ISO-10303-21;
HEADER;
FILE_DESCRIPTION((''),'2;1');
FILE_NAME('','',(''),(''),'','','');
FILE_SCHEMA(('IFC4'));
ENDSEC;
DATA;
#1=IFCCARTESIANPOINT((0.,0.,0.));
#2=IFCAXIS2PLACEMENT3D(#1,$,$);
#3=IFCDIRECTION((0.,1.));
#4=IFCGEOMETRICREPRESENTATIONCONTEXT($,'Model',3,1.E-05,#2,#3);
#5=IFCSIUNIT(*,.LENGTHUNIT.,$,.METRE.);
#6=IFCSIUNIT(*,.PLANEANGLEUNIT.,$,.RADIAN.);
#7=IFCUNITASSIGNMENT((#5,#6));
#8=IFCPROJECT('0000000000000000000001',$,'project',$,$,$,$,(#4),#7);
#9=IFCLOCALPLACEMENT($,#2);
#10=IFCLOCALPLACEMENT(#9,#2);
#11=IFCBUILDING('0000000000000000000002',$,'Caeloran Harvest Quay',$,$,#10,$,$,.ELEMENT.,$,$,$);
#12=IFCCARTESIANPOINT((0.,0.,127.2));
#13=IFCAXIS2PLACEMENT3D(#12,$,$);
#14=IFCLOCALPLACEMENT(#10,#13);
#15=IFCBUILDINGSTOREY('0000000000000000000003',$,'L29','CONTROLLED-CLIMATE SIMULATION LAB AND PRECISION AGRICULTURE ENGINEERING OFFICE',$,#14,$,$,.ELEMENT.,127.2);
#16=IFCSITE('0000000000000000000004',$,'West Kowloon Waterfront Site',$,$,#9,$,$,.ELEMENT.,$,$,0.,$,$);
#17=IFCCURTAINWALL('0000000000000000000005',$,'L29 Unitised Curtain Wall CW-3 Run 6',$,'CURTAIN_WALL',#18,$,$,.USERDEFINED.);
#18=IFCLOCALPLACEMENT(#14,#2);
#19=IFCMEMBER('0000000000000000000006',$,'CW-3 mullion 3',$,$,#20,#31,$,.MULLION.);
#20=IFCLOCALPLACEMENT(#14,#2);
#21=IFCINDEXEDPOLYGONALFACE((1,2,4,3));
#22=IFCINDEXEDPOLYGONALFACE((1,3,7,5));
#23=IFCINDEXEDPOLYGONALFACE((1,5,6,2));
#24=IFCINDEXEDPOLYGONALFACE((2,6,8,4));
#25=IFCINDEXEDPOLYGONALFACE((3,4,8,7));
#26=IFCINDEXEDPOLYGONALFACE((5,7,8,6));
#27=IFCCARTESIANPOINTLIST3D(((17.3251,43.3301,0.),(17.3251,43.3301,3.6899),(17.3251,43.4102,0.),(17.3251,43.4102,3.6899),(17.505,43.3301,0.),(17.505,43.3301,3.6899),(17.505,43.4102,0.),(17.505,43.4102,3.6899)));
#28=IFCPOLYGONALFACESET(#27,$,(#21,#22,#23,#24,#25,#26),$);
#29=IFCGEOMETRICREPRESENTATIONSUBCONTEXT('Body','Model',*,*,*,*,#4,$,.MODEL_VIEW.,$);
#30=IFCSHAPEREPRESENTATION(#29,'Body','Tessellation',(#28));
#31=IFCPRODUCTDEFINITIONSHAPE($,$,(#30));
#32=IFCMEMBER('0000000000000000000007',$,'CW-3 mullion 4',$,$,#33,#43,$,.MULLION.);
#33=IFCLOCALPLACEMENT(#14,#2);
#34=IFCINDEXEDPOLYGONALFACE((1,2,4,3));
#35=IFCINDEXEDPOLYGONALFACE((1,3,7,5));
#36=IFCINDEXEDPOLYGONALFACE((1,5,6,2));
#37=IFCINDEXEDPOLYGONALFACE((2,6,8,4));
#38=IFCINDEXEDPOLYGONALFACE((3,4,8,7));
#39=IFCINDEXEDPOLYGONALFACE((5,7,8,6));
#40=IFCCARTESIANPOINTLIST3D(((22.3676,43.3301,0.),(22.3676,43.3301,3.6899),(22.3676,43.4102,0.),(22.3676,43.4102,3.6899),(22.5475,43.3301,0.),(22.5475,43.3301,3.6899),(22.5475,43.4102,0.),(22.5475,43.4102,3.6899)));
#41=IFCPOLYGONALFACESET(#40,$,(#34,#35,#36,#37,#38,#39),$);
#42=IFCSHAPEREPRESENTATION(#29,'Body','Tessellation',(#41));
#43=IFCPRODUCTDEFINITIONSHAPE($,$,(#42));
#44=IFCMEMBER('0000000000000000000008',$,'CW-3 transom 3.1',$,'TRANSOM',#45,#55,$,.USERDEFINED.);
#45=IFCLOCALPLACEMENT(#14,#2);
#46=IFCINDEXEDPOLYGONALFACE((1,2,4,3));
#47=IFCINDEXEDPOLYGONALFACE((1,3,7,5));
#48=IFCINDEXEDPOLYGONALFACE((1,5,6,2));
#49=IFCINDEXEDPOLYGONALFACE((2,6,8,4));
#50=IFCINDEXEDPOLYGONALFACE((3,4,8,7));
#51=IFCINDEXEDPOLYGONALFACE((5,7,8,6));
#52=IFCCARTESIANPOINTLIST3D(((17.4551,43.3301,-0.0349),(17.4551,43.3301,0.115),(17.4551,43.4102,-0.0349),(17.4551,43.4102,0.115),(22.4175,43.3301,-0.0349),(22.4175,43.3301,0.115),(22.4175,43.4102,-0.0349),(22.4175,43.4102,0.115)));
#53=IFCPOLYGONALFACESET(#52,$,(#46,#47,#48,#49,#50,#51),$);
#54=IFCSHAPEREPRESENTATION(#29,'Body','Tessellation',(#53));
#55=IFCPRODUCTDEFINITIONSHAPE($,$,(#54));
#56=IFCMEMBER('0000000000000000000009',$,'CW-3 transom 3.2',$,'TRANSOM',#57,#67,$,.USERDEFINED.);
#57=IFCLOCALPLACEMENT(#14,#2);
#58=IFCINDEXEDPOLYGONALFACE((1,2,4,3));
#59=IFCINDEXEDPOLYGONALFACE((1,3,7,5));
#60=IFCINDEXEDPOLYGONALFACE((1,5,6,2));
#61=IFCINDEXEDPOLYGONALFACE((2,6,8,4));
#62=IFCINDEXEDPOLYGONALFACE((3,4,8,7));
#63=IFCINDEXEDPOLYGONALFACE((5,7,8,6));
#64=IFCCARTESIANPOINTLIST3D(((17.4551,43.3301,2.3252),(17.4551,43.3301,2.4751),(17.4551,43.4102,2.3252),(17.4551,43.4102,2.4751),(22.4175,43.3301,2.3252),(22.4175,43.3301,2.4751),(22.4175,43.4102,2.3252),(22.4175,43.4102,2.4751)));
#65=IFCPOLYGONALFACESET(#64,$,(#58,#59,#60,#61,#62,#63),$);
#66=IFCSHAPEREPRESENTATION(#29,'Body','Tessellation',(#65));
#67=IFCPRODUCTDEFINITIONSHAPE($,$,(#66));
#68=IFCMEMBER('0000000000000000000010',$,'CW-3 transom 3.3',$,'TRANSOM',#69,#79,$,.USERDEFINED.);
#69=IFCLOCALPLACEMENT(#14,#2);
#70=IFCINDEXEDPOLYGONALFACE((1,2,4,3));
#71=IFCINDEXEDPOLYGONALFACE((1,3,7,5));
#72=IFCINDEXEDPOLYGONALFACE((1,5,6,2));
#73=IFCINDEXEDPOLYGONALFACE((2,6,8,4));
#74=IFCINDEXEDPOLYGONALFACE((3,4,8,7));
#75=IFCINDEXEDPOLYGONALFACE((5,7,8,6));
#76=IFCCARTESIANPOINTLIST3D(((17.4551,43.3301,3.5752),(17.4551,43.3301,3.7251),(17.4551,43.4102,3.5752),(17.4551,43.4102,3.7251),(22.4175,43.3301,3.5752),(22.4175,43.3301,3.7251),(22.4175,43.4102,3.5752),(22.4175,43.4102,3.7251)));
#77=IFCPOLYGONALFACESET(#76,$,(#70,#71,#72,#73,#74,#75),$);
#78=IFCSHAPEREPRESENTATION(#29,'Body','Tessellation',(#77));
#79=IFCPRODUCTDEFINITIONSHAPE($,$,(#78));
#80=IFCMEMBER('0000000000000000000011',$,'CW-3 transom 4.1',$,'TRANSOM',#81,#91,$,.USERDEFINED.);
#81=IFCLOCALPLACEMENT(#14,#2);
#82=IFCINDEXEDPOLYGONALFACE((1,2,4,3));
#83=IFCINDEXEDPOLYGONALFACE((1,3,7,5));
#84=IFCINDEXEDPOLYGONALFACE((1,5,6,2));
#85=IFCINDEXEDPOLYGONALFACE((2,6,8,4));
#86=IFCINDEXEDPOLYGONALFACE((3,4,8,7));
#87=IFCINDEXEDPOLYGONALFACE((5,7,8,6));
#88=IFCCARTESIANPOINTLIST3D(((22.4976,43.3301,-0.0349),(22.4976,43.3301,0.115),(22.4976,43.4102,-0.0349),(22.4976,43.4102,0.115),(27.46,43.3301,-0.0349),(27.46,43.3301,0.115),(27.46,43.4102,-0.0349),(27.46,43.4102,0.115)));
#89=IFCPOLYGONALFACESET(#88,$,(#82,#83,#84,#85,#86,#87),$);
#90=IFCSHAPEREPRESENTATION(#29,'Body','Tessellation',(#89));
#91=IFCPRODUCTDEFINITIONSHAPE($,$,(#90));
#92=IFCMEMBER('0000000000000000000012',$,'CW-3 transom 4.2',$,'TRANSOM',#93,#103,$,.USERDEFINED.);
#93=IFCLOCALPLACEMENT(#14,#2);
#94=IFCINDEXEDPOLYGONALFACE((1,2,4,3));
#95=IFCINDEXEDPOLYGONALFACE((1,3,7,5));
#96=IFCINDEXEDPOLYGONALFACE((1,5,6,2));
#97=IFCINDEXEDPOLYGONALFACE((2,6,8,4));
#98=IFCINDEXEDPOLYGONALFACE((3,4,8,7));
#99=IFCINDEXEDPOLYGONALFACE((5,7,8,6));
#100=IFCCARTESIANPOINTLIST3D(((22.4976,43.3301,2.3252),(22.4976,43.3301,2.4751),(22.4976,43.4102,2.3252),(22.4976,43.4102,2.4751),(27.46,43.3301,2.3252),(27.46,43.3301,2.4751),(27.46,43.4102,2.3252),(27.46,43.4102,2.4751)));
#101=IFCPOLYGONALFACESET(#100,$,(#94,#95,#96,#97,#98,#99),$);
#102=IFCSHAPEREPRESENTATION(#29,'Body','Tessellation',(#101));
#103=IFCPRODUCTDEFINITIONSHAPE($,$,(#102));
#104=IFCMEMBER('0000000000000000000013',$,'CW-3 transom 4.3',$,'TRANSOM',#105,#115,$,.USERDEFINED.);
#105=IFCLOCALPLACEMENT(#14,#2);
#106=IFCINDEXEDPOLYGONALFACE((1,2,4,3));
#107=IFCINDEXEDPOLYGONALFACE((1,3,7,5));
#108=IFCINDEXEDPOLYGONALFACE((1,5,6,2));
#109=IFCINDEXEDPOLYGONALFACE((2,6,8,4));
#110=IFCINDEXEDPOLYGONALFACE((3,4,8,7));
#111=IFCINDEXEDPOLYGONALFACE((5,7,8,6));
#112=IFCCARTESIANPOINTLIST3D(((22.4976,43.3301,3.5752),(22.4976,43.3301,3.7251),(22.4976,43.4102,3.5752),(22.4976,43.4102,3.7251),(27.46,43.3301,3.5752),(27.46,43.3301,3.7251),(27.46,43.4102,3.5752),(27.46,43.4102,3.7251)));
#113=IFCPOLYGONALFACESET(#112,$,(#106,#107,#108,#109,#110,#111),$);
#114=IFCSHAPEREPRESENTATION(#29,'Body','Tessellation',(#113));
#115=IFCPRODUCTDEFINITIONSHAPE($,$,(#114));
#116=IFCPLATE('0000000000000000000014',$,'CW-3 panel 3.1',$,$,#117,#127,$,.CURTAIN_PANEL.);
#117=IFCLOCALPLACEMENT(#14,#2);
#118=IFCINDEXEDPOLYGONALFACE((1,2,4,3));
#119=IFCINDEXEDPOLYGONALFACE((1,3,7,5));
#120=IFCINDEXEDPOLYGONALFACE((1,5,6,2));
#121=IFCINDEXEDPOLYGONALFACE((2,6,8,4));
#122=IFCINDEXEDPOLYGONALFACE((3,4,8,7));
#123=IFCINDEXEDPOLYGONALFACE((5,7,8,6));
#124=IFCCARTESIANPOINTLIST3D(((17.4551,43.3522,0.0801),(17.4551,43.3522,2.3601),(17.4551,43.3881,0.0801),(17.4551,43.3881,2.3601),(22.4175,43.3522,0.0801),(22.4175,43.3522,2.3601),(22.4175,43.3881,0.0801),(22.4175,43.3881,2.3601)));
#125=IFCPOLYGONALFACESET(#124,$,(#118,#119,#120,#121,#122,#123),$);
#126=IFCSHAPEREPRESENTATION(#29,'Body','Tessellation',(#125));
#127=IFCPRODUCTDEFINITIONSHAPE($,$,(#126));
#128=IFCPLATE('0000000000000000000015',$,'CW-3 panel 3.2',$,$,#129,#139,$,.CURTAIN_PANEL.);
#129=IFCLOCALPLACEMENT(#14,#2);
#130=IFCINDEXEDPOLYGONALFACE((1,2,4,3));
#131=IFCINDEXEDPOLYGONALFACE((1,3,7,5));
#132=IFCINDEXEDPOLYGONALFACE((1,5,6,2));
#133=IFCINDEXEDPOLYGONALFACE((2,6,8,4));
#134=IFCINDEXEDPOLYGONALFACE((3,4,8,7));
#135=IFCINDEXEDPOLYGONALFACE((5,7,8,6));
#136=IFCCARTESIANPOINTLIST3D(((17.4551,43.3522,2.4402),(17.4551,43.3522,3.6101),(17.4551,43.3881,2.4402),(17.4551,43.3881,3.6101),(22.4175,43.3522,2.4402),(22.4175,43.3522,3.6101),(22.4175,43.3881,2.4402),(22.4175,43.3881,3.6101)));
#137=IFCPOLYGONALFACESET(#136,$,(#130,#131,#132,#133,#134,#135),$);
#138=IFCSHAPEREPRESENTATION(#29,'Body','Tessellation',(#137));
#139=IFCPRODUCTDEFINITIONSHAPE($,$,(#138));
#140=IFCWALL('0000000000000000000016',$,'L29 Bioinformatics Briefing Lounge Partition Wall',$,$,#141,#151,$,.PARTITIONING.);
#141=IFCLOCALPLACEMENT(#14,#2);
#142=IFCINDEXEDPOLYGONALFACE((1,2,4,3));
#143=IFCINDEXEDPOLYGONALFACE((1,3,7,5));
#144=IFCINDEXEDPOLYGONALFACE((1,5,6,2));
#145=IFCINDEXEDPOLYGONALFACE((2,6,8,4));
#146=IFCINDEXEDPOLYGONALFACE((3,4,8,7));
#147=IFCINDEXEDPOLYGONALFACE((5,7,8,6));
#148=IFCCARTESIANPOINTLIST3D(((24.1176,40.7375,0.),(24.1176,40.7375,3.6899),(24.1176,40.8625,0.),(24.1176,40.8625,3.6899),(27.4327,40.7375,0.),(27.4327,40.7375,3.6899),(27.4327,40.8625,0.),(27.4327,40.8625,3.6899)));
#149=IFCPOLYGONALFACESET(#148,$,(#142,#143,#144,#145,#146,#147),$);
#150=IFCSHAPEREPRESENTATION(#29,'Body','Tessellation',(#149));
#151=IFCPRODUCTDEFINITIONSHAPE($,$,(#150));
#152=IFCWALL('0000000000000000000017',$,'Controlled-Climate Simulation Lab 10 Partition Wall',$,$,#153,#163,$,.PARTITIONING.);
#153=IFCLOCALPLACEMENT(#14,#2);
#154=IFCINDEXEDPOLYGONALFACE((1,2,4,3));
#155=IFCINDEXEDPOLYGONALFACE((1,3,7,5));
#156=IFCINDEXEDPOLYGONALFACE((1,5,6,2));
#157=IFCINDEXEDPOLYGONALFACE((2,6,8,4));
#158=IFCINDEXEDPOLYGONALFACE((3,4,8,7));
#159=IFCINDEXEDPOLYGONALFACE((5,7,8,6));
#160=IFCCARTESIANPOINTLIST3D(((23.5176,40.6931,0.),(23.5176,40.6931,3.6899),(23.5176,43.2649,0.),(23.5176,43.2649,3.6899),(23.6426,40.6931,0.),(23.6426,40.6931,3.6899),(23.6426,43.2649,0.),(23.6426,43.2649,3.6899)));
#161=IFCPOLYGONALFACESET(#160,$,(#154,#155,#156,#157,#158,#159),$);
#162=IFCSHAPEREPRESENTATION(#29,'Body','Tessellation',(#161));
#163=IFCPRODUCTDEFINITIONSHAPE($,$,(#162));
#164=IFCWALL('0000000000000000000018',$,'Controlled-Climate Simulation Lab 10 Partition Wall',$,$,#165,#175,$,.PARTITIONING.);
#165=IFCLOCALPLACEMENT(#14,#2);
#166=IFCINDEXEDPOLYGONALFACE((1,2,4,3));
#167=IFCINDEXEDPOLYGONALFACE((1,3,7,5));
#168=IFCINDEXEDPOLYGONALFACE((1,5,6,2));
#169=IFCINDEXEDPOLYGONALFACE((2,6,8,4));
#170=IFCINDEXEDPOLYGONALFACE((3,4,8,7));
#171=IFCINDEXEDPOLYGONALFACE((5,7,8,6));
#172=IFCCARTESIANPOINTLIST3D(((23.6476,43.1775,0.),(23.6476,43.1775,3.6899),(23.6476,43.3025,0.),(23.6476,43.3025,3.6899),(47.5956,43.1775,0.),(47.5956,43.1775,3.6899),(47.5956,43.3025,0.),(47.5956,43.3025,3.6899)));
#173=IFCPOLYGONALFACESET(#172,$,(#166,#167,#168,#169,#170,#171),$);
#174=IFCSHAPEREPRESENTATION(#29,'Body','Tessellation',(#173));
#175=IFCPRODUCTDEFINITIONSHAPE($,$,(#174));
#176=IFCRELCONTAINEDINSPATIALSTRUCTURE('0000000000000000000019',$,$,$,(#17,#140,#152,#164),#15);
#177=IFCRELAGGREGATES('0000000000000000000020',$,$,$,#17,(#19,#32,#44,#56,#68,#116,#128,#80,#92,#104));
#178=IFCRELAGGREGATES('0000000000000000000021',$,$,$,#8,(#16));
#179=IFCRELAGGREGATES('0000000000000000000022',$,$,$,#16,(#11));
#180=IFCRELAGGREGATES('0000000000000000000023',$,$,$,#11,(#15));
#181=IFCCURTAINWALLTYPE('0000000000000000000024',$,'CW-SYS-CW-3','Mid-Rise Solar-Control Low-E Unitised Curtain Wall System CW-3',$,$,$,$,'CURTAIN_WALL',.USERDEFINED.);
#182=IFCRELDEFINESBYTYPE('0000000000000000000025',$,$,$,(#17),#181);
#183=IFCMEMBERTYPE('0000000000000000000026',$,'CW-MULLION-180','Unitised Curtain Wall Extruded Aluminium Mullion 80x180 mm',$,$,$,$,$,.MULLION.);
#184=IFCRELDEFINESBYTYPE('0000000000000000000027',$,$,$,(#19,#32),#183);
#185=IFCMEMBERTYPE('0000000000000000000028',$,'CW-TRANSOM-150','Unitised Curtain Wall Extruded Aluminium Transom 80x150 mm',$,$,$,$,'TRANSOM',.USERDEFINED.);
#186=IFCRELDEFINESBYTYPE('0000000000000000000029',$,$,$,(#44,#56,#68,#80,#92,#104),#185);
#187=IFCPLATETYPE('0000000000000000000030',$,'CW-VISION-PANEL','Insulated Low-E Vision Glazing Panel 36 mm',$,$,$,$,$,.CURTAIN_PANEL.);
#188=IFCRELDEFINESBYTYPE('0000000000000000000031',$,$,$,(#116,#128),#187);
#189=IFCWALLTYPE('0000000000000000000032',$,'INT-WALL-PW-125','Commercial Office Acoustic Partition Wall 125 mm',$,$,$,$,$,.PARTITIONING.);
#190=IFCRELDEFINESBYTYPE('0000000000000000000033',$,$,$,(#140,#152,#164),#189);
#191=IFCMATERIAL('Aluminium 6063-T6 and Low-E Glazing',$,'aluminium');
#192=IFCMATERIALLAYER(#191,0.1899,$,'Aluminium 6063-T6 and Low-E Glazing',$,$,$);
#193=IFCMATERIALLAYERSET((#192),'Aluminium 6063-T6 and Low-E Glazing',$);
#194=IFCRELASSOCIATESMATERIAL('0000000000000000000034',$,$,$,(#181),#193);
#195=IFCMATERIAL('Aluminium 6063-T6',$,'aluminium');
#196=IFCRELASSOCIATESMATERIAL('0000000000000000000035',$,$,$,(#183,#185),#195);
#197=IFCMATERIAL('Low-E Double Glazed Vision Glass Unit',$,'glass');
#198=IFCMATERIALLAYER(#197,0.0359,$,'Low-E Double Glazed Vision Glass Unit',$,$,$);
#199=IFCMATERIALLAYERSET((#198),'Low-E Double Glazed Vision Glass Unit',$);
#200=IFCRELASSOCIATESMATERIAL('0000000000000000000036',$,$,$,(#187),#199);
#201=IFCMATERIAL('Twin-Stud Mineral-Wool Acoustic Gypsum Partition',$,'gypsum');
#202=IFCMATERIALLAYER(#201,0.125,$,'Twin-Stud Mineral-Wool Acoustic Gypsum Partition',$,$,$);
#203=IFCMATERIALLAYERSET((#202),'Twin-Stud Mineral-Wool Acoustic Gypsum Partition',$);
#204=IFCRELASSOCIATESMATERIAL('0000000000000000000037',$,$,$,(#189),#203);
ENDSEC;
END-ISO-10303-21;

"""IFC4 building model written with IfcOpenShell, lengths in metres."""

from ifc_helpers import new_model, si_unit, direction, frame, frame_2d, origin, origin_2d, place, context, subcontext, project, spatial, rectangle, extrude, material, layer, layer_set, material_profile, profile_set, type_object, element, aggregate, save


model = new_model("IFC4")

# Units and contexts
model_context = context("Model", 3, precision=1e-05, world=origin(), true_north=direction((0.0, 1.0)))
body_context = subcontext(model_context, "Body", "Model", "MODEL_VIEW")
ifc_project = project(units=[si_unit("LENGTHUNIT", "METRE"), si_unit("PLANEANGLEUNIT", "RADIAN")], contexts=[model_context])

# Site, building, storey
site_placement = place(None, origin())
site = spatial("IfcSite", under=ifc_project, at=site_placement, Name="West Kowloon Waterfront Site", CompositionType="ELEMENT", RefElevation=0.0)
building_placement = place(site_placement, origin())
building = spatial("IfcBuilding", under=site, at=building_placement, Name="Caeloran Harvest Quay", CompositionType="ELEMENT")
storey_placement = place(building_placement, frame((0.0, 0.0, 127.2)))
storey = spatial("IfcBuildingStorey", under=building, at=storey_placement, Name="L29", Description="CONTROLLED-CLIMATE SIMULATION LAB AND PRECISION AGRICULTURE ENGINEERING OFFICE", CompositionType="ELEMENT", Elevation=127.2)

# Curtain wall, members, plates
ifc_material_1 = material(Name="Aluminium 6063-T6 and Low-E Glazing", Category="aluminium")
ifc_layer_1 = layer(ifc_material_1, 0.1899, Name="Aluminium 6063-T6 and Low-E Glazing")
ifc_layer_set_1 = layer_set([ifc_layer_1], Name="Aluminium 6063-T6 and Low-E Glazing")
curtain_wall_type = type_object("IfcCurtainWallType", Name="CW-SYS-CW-3", Description="Mid-Rise Solar-Control Low-E Unitised Curtain Wall System CW-3", ElementType="CURTAIN_WALL", PredefinedType="USERDEFINED", material=ifc_layer_set_1)
curtain_wall_placement = place(storey_placement, origin())
curtain_wall = element("IfcCurtainWall", 1, at=curtain_wall_placement, inside=storey, type_object=curtain_wall_type, Name="L29 Unitised Curtain Wall CW-3 Run 6", ObjectType="CURTAIN_WALL", PredefinedType="USERDEFINED")
ifc_material_2 = material(Name="Aluminium 6063-T6", Category="aluminium")
ifc_material_profile_1 = material_profile(ifc_material_2, rectangle(XDim=0.0801, YDim=0.1799, at=origin_2d()), Name="CW-MULLION-180")
ifc_profile_set_1 = profile_set([ifc_material_profile_1], Name="Aluminium 6063-T6")
member_type_1 = type_object("IfcMemberType", Name="CW-MULLION-180", Description="Unitised Curtain Wall Extruded Aluminium Mullion 80x180 mm", PredefinedType="MULLION", material=ifc_profile_set_1)
member_1_placement = place(storey_placement, frame((17.415, 43.3701, 0.0), z_axis=(0.0, 0.0, 1.0), x_axis=(0.0, 1.0, 0.0)))
member_1 = element("IfcMember", 2, at=member_1_placement, type_object=member_type_1, Name="CW-3 mullion 3", PredefinedType="MULLION", context=body_context, shape_type="SweptSolid", body=[
    extrude(rectangle(XDim=0.0801, YDim=0.1799, at=origin_2d()), origin(), (0.0, 0.0, 1.0), 3.6899),
])
member_2_placement = place(storey_placement, frame((22.4575, 43.3701, 0.0), z_axis=(0.0, 0.0, 1.0), x_axis=(0.0, 1.0, 0.0)))
member_2 = element("IfcMember", 3, at=member_2_placement, type_object=member_type_1, Name="CW-3 mullion 4", PredefinedType="MULLION", context=body_context, shape_type="SweptSolid", body=[
    extrude(rectangle(XDim=0.0801, YDim=0.1799, at=origin_2d()), origin(), (0.0, 0.0, 1.0), 3.6899),
])
ifc_material_profile_2 = material_profile(ifc_material_2, rectangle(XDim=0.0801, YDim=0.1499, at=origin_2d()), Name="CW-TRANSOM-150")
ifc_profile_set_2 = profile_set([ifc_material_profile_2], Name="Aluminium 6063-T6")
member_type_2 = type_object("IfcMemberType", Name="CW-TRANSOM-150", Description="Unitised Curtain Wall Extruded Aluminium Transom 80x150 mm", ElementType="TRANSOM", PredefinedType="USERDEFINED", material=ifc_profile_set_2)
member_3_placement = place(storey_placement, frame((17.4551, 43.3701, 0.04), z_axis=(1.0, 0.0, 0.0), x_axis=(0.0, 1.0, 0.0)))
member_3 = element("IfcMember", 4, at=member_3_placement, type_object=member_type_2, Name="CW-3 transom 3.1", ObjectType="TRANSOM", PredefinedType="USERDEFINED", context=body_context, shape_type="SweptSolid", body=[
    extrude(rectangle(XDim=0.0801, YDim=0.1499, at=origin_2d()), origin(), (0.0, 0.0, 1.0), 4.9624),
])
member_4_placement = place(storey_placement, frame((17.4551, 43.3701, 2.4001), z_axis=(1.0, 0.0, 0.0), x_axis=(0.0, 1.0, 0.0)))
member_4 = element("IfcMember", 5, at=member_4_placement, type_object=member_type_2, Name="CW-3 transom 3.2", ObjectType="TRANSOM", PredefinedType="USERDEFINED", context=body_context, shape_type="SweptSolid", body=[
    extrude(rectangle(XDim=0.0801, YDim=0.1499, at=origin_2d()), origin(), (0.0, 0.0, 1.0), 4.9624),
])
member_5_placement = place(storey_placement, frame((17.4551, 43.3701, 3.6501), z_axis=(1.0, 0.0, 0.0), x_axis=(0.0, 1.0, 0.0)))
member_5 = element("IfcMember", 6, at=member_5_placement, type_object=member_type_2, Name="CW-3 transom 3.3", ObjectType="TRANSOM", PredefinedType="USERDEFINED", context=body_context, shape_type="SweptSolid", body=[
    extrude(rectangle(XDim=0.0801, YDim=0.1499, at=origin_2d()), origin(), (0.0, 0.0, 1.0), 4.9624),
])
member_6_placement = place(storey_placement, frame((22.4976, 43.3701, 0.04), z_axis=(1.0, 0.0, 0.0), x_axis=(0.0, 1.0, 0.0)))
member_6 = element("IfcMember", 7, at=member_6_placement, type_object=member_type_2, Name="CW-3 transom 4.1", ObjectType="TRANSOM", PredefinedType="USERDEFINED", context=body_context, shape_type="SweptSolid", body=[
    extrude(rectangle(XDim=0.0801, YDim=0.1499, at=origin_2d()), origin(), (0.0, 0.0, 1.0), 4.9624),
])
member_7_placement = place(storey_placement, frame((22.4976, 43.3701, 2.4001), z_axis=(1.0, 0.0, 0.0), x_axis=(0.0, 1.0, 0.0)))
member_7 = element("IfcMember", 8, at=member_7_placement, type_object=member_type_2, Name="CW-3 transom 4.2", ObjectType="TRANSOM", PredefinedType="USERDEFINED", context=body_context, shape_type="SweptSolid", body=[
    extrude(rectangle(XDim=0.0801, YDim=0.1499, at=origin_2d()), origin(), (0.0, 0.0, 1.0), 4.9624),
])
member_8_placement = place(storey_placement, frame((22.4976, 43.3701, 3.6501), z_axis=(1.0, 0.0, 0.0), x_axis=(0.0, 1.0, 0.0)))
member_8 = element("IfcMember", 9, at=member_8_placement, type_object=member_type_2, Name="CW-3 transom 4.3", ObjectType="TRANSOM", PredefinedType="USERDEFINED", context=body_context, shape_type="SweptSolid", body=[
    extrude(rectangle(XDim=0.0801, YDim=0.1499, at=origin_2d()), origin(), (0.0, 0.0, 1.0), 4.9624),
])
ifc_material_3 = material(Name="Low-E Double Glazed Vision Glass Unit", Category="glass")
ifc_layer_2 = layer(ifc_material_3, 0.0359, Name="Low-E Double Glazed Vision Glass Unit")
ifc_layer_set_2 = layer_set([ifc_layer_2], Name="Low-E Double Glazed Vision Glass Unit")
plate_type = type_object("IfcPlateType", Name="CW-VISION-PANEL", Description="Insulated Low-E Vision Glazing Panel 36 mm", PredefinedType="CURTAIN_PANEL", material=ifc_layer_set_2)
plate_1_placement = place(storey_placement, frame((19.9363, 43.3701, 0.0801), z_axis=(0.0, 0.0, 1.0), x_axis=(1.0, 0.0, 0.0)))
plate_1 = element("IfcPlate", 10, at=plate_1_placement, type_object=plate_type, Name="CW-3 panel 3.1", PredefinedType="CURTAIN_PANEL", context=body_context, shape_type="SweptSolid", body=[
    extrude(rectangle(XDim=4.9624, YDim=0.0359, at=origin_2d()), origin(), (0.0, 0.0, 1.0), 2.28),
])
plate_2_placement = place(storey_placement, frame((19.9363, 43.3701, 2.4402), z_axis=(0.0, 0.0, 1.0), x_axis=(1.0, 0.0, 0.0)))
plate_2 = element("IfcPlate", 11, at=plate_2_placement, type_object=plate_type, Name="CW-3 panel 3.2", PredefinedType="CURTAIN_PANEL", context=body_context, shape_type="SweptSolid", body=[
    extrude(rectangle(XDim=4.9624, YDim=0.0359, at=origin_2d()), origin(), (0.0, 0.0, 1.0), 1.1699),
])
aggregate(curtain_wall, [member_1, member_2, member_3, member_4, member_5, plate_1, plate_2, member_6, member_7, member_8])

# Walls
ifc_material_4 = material(Name="Twin-Stud Mineral-Wool Acoustic Gypsum Partition", Category="gypsum")
ifc_layer_3 = layer(ifc_material_4, 0.125, Name="Twin-Stud Mineral-Wool Acoustic Gypsum Partition")
ifc_layer_set_3 = layer_set([ifc_layer_3], Name="Twin-Stud Mineral-Wool Acoustic Gypsum Partition")
wall_type = type_object("IfcWallType", Name="INT-WALL-PW-125", Description="Commercial Office Acoustic Partition Wall 125 mm", PredefinedType="PARTITIONING", material=ifc_layer_set_3)
wall_1_placement = place(storey_placement, frame((24.1174, 40.8, 0.0), z_axis=(0.0, 0.0, 1.0), x_axis=(1.0, 0.0, 0.0)))
element("IfcWall", 12, at=wall_1_placement, inside=storey, type_object=wall_type, Name="L29 Bioinformatics Briefing Lounge Partition Wall", PredefinedType="PARTITIONING", context=body_context, shape_type="SweptSolid", body=[
    extrude(rectangle(XDim=3.3152, YDim=0.125, at=frame_2d((1.6577, 0.0))), origin(), (0.0, 0.0, 1.0), 3.6899),
])
wall_2_placement = place(storey_placement, frame((23.5801, 40.6931, 0.0), z_axis=(0.0, 0.0, 1.0), x_axis=(0.0, 1.0, 0.0)))
element("IfcWall", 13, at=wall_2_placement, inside=storey, type_object=wall_type, Name="Controlled-Climate Simulation Lab 10 Partition Wall", PredefinedType="PARTITIONING", context=body_context, shape_type="SweptSolid", body=[
    extrude(rectangle(XDim=2.5718, YDim=0.125, at=frame_2d((1.2859, 0.0))), origin(), (0.0, 0.0, 1.0), 3.6899),
])
wall_3_placement = place(storey_placement, frame((23.6475, 43.24, 0.0), z_axis=(0.0, 0.0, 1.0), x_axis=(1.0, 0.0, 0.0)))
element("IfcWall", 14, at=wall_3_placement, inside=storey, type_object=wall_type, Name="Controlled-Climate Simulation Lab 10 Partition Wall", PredefinedType="PARTITIONING", context=body_context, shape_type="SweptSolid", body=[
    extrude(rectangle(XDim=23.948, YDim=0.125, at=frame_2d((11.9741, 0.0))), origin(), (0.0, 0.0, 1.0), 3.6899),
])

save(model, "model.ifc")
